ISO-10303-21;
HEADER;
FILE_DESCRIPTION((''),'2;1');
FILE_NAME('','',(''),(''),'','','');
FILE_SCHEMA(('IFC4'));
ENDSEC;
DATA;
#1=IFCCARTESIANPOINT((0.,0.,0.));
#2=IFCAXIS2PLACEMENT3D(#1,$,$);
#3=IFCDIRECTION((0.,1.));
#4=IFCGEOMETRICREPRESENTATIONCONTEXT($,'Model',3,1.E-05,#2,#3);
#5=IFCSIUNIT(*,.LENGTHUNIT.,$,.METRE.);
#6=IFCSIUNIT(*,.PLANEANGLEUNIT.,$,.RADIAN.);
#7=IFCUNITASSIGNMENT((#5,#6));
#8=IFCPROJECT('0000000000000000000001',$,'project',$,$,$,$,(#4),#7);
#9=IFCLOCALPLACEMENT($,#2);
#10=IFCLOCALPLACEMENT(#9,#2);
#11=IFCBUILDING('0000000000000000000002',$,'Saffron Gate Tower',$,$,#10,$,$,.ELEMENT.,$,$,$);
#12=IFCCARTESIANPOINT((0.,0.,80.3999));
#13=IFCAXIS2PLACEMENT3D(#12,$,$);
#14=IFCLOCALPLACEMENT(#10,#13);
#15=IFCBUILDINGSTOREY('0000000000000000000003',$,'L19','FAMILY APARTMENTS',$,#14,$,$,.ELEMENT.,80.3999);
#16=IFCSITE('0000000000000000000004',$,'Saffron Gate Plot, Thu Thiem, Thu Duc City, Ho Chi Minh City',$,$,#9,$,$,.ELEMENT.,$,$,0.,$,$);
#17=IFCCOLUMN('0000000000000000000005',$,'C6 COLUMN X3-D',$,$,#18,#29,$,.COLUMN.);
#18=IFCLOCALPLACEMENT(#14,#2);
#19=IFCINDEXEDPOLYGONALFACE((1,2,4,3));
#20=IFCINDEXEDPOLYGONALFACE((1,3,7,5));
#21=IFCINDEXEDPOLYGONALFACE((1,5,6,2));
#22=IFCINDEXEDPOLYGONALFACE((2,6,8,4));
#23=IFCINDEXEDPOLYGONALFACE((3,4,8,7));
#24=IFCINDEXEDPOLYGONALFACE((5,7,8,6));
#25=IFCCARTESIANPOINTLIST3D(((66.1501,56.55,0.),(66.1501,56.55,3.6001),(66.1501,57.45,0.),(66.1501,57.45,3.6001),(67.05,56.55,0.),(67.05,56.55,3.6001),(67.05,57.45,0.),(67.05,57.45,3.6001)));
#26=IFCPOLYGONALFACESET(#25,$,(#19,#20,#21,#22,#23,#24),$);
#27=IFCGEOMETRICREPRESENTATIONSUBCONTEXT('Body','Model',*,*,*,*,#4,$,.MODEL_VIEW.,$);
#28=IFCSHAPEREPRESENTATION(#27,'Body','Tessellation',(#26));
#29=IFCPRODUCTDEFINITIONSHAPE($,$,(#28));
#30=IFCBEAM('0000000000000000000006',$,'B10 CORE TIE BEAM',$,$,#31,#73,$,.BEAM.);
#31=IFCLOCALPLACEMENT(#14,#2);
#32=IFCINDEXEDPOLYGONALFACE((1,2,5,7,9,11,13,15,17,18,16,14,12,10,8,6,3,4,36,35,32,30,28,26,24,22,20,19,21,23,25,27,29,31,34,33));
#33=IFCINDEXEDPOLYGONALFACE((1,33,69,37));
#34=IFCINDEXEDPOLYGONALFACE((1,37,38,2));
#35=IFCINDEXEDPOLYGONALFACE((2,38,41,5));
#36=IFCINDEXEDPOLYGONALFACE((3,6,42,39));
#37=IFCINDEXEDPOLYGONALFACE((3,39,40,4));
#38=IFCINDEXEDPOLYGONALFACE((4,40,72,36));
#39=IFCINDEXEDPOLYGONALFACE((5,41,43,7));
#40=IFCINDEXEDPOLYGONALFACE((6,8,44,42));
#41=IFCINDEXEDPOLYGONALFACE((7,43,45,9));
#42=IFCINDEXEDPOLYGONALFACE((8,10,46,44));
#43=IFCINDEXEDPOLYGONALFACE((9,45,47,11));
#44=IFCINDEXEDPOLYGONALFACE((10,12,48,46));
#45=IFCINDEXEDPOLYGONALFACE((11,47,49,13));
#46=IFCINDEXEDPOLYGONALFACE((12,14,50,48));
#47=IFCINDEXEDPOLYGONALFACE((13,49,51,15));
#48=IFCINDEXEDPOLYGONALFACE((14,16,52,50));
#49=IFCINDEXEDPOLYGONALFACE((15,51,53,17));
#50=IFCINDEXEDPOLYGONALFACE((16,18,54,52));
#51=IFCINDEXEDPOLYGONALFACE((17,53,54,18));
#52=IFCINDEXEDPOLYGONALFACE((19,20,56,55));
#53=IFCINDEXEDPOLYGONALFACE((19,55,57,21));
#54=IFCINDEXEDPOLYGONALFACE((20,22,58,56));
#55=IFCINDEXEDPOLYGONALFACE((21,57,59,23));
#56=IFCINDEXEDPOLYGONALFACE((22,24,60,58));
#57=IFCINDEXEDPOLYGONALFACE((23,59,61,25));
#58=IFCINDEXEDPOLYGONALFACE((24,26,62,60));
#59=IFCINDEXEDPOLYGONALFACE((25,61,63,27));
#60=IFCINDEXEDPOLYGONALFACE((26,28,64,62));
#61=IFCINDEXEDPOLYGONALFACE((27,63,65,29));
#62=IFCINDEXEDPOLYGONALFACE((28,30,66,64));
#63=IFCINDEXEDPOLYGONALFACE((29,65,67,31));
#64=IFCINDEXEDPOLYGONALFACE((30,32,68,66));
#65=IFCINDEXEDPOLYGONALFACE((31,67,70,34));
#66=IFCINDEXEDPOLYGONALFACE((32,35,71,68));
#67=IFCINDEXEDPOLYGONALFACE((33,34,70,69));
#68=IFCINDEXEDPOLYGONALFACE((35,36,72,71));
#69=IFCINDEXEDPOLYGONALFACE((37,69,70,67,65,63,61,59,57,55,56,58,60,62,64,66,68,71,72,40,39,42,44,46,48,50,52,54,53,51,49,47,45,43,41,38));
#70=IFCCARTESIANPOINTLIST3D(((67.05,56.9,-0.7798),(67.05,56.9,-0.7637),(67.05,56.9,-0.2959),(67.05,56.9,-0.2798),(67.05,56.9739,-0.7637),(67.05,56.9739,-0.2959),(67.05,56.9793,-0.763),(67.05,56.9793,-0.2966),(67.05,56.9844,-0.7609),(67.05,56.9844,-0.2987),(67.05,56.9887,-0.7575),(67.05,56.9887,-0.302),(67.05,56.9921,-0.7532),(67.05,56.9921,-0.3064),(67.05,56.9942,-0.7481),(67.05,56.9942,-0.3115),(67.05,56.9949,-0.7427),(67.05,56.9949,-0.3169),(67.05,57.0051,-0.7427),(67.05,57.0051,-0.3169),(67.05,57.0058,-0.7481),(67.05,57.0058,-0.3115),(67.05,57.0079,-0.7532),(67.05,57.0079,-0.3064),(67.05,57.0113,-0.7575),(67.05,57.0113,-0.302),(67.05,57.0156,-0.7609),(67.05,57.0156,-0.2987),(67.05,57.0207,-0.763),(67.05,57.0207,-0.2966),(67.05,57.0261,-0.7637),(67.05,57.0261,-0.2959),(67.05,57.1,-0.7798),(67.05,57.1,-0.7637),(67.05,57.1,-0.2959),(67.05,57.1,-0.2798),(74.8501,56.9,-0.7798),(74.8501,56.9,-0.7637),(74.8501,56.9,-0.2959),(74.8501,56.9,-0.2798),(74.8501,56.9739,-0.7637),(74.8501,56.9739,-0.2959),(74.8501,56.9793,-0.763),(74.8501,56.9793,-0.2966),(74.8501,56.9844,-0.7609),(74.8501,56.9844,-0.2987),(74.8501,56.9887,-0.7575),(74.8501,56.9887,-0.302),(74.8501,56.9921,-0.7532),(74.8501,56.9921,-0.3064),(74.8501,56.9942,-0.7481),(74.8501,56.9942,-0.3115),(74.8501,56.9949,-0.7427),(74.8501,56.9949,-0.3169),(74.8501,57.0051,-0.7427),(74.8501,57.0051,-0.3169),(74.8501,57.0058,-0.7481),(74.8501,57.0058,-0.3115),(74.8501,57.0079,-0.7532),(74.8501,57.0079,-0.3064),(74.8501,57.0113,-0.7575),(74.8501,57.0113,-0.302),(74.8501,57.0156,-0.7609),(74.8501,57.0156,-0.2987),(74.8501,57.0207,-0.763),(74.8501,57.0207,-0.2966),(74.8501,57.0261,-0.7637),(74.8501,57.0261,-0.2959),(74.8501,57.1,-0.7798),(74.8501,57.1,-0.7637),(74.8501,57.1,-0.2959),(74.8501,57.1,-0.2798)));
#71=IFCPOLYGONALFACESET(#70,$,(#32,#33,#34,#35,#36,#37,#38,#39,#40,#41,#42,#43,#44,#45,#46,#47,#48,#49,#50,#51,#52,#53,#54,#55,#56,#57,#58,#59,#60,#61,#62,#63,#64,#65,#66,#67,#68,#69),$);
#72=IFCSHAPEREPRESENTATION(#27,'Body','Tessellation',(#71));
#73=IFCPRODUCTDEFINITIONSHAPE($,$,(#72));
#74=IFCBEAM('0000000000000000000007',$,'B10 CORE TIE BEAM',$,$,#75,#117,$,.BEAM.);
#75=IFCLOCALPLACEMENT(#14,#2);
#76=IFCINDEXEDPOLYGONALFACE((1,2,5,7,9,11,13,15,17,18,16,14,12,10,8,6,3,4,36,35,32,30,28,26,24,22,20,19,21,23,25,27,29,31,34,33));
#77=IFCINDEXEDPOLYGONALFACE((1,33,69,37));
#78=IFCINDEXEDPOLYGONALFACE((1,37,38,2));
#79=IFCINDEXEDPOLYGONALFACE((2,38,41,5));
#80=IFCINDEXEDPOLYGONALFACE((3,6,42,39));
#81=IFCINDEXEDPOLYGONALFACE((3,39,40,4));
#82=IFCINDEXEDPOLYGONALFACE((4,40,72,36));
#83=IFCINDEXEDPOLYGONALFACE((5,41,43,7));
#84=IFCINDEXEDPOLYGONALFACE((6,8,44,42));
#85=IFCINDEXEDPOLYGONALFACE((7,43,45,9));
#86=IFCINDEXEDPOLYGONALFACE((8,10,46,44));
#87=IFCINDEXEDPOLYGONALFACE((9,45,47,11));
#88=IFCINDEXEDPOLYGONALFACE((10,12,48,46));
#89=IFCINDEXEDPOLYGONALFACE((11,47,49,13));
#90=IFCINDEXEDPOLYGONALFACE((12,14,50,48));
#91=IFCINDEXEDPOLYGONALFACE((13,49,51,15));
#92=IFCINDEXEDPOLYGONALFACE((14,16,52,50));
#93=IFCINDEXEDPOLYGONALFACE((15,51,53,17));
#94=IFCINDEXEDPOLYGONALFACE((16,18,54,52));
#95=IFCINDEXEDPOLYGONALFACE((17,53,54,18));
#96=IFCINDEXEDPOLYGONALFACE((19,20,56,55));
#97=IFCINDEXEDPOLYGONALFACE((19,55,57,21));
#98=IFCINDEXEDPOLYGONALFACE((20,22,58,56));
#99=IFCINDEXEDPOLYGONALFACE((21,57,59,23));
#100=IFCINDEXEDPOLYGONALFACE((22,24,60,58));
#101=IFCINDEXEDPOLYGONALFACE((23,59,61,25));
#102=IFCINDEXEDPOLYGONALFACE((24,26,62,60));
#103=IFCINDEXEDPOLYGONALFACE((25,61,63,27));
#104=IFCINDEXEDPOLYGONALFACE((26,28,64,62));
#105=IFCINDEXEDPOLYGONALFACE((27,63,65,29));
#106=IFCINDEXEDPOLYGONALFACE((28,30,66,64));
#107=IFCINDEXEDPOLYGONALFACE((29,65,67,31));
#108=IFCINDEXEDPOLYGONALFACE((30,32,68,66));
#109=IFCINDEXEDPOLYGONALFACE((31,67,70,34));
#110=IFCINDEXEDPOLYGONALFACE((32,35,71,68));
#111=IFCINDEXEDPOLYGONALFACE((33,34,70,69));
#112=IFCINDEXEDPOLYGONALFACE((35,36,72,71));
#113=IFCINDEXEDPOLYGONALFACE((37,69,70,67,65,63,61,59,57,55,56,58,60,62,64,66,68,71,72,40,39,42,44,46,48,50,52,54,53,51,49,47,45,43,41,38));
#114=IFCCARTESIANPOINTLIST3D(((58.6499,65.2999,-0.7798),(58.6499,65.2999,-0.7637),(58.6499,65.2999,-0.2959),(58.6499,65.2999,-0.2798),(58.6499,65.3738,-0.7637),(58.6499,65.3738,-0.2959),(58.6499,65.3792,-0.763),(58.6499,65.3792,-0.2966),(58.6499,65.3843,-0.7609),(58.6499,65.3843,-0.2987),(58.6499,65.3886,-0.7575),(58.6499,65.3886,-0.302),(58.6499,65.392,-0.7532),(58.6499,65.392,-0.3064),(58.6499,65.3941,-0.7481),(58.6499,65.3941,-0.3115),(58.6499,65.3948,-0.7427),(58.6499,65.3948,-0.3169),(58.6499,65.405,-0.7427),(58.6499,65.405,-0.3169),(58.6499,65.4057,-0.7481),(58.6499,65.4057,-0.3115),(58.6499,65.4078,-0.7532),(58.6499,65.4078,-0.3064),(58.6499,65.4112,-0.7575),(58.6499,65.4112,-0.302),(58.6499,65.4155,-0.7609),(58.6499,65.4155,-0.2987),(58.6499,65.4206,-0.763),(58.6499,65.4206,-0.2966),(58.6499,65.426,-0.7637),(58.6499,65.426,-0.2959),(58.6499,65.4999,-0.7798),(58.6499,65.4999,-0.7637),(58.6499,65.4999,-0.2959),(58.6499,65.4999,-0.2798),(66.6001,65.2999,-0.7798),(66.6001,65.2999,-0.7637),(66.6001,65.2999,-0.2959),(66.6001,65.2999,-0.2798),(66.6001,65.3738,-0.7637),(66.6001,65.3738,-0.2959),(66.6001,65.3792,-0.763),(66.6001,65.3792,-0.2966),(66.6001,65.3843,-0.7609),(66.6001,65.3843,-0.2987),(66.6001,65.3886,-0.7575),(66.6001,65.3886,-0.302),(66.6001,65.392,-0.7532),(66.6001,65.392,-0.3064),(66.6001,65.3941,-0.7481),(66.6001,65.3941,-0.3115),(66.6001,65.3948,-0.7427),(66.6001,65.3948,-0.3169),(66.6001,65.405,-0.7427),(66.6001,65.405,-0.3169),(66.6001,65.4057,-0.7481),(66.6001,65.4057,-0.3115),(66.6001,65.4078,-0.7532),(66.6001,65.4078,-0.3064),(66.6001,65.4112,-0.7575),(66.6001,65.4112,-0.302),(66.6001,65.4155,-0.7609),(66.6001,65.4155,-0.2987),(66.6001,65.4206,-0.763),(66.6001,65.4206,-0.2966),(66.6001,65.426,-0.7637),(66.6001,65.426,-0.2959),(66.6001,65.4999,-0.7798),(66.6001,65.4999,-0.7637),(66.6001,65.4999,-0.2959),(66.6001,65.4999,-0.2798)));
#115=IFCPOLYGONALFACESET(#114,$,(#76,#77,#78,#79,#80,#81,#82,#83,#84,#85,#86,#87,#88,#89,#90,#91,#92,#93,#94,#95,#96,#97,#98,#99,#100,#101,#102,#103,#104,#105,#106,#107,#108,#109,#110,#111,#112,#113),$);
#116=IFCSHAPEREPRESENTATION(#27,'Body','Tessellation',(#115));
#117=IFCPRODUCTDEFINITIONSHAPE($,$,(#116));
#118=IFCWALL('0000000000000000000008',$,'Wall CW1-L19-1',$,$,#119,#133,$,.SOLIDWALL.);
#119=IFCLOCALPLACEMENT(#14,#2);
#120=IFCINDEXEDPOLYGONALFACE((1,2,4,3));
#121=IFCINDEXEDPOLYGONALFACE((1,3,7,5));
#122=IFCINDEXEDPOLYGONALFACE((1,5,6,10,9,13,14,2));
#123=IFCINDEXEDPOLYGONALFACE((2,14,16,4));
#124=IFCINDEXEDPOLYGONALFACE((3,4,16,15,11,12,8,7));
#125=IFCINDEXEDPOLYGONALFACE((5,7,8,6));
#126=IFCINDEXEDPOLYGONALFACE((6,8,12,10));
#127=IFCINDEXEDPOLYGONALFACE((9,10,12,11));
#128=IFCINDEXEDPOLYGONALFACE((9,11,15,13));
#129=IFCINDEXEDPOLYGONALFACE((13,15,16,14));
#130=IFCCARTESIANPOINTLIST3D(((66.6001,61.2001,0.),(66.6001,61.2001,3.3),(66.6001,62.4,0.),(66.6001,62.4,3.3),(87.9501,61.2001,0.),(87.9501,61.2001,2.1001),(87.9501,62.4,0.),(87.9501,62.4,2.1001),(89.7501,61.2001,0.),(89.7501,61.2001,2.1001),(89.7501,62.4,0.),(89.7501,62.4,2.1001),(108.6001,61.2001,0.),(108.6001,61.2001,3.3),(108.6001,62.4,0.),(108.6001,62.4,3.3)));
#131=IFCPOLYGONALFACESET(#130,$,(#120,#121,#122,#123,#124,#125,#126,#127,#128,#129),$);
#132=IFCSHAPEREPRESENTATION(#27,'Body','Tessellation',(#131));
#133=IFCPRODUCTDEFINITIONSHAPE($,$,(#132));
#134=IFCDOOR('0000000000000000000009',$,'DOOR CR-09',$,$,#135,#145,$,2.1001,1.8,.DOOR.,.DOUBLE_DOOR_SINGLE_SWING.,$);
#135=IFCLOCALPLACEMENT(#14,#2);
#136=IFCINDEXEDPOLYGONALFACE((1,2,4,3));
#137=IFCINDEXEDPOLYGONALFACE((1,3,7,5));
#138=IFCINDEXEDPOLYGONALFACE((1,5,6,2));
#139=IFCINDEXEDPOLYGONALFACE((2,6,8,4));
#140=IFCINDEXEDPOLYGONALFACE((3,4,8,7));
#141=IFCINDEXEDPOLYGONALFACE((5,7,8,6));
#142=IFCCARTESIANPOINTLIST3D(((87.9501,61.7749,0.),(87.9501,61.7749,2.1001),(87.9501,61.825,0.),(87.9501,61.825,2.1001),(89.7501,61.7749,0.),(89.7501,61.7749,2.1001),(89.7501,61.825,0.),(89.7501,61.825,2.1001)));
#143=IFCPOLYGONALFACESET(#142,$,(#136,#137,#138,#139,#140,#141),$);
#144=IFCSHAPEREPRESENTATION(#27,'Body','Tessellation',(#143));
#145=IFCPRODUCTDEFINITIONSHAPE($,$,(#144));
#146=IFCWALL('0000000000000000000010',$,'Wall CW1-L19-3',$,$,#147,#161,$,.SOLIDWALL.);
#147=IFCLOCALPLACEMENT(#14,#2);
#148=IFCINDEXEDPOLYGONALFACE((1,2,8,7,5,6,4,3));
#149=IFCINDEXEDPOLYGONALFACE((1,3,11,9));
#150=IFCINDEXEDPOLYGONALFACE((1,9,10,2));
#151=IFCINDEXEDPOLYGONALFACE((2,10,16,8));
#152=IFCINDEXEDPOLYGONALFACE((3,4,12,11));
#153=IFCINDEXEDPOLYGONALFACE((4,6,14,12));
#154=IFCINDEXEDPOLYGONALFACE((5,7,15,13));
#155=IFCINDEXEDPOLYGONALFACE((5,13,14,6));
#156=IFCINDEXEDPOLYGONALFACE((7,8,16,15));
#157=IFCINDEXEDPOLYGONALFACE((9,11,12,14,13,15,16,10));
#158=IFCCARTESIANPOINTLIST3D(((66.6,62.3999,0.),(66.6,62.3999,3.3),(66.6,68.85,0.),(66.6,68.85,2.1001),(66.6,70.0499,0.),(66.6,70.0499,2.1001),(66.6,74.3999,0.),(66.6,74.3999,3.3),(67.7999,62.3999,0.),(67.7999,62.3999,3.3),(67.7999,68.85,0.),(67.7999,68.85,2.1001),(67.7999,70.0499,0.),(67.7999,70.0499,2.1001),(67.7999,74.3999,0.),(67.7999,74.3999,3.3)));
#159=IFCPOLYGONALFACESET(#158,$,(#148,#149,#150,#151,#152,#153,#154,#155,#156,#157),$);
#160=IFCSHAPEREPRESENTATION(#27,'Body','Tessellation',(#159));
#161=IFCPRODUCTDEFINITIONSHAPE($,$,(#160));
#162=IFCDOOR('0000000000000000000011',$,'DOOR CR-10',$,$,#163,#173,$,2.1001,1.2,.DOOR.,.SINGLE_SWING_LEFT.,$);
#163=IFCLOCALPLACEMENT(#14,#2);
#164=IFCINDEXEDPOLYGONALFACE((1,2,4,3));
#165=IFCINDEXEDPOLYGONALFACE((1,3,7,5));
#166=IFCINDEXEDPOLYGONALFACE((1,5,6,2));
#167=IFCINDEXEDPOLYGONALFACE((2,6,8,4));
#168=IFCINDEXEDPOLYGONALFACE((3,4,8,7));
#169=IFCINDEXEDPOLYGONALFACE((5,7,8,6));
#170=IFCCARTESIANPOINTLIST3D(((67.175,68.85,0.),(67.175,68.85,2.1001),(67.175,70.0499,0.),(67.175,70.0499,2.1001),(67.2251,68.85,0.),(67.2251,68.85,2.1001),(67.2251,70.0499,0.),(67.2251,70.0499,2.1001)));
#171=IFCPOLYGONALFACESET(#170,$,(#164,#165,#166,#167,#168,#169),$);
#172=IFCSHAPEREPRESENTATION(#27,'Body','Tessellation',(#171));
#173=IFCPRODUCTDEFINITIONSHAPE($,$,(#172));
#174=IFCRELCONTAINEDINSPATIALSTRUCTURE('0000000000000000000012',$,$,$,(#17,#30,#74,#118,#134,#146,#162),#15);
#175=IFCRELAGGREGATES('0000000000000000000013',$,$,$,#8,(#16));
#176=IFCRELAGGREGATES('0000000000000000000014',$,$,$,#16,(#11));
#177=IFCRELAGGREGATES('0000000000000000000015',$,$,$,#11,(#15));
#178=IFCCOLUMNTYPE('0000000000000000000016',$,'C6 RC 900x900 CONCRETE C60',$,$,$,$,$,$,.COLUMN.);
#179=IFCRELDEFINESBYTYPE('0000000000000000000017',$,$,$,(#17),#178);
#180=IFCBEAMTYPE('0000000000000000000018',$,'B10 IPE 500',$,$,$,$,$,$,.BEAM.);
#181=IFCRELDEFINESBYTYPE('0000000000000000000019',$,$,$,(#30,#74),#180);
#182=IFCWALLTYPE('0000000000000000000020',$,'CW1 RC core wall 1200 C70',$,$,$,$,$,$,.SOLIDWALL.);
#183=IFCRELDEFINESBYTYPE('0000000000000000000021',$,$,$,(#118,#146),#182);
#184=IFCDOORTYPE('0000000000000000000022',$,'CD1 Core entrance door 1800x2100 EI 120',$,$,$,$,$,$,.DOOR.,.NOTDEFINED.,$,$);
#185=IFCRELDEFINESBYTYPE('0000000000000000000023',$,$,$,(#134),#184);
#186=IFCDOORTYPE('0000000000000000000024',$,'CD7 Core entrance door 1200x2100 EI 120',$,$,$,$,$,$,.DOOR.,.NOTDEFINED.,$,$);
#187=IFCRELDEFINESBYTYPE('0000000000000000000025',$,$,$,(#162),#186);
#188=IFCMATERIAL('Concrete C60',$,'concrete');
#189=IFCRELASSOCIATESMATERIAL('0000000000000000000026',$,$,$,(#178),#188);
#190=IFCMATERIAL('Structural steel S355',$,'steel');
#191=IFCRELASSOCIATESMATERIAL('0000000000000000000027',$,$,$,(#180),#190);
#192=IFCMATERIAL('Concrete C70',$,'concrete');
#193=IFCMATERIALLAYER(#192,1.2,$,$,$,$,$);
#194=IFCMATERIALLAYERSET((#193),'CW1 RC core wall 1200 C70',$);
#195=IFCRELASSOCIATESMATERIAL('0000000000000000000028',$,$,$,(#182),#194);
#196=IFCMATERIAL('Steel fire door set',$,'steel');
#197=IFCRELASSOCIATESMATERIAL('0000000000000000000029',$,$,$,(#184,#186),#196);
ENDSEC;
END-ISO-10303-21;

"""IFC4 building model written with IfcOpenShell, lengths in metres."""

from ifc_helpers import new_model, si_unit, direction, frame, frame_2d, origin, origin_2d, place, context, subcontext, project, spatial, rectangle, i_section, extrude, material, layer, layer_set, material_profile, profile_set, type_object, element, fill, save


model = new_model("IFC4")

# Units and contexts
model_context = context("Model", 3, precision=1e-05, world=origin(), true_north=direction((0.0, 1.0)))
body_context = subcontext(model_context, "Body", "Model", "MODEL_VIEW")
ifc_project = project(units=[si_unit("LENGTHUNIT", "METRE"), si_unit("PLANEANGLEUNIT", "RADIAN")], contexts=[model_context])

# Site, building, storey
site_placement = place(None, origin())
site = spatial("IfcSite", under=ifc_project, at=site_placement, Name="Saffron Gate Plot, Thu Thiem, Thu Duc City, Ho Chi Minh City", CompositionType="ELEMENT", RefElevation=0.0)
building_placement = place(site_placement, origin())
building = spatial("IfcBuilding", under=site, at=building_placement, Name="Saffron Gate Tower", CompositionType="ELEMENT")
storey_placement = place(building_placement, frame((0.0, 0.0, 80.3999)))
storey = spatial("IfcBuildingStorey", under=building, at=storey_placement, Name="L19", Description="FAMILY APARTMENTS", CompositionType="ELEMENT", Elevation=80.3999)

# Column
ifc_material_1 = material(Name="Concrete C60", Category="concrete")
ifc_material_profile_1 = material_profile(ifc_material_1, rectangle(XDim=0.8999, YDim=0.8999, at=origin_2d()))
ifc_profile_set_1 = profile_set([ifc_material_profile_1], Name="Concrete C60")
column_type = type_object("IfcColumnType", Name="C6 RC 900x900 CONCRETE C60", PredefinedType="COLUMN", material=ifc_profile_set_1)
column_placement = place(storey_placement, frame((66.6001, 57.0, 0.0), z_axis=(0.0, 0.0, 1.0), x_axis=(1.0, 0.0, 0.0)))
element("IfcColumn", 1, at=column_placement, inside=storey, type_object=column_type, Name="C6 COLUMN X3-D", PredefinedType="COLUMN", context=body_context, shape_type="SweptSolid", body=[
    extrude(rectangle(XDim=0.8999, YDim=0.8999, at=origin_2d()), origin(), (0.0, 0.0, 1.0), 3.6001),
])

# Beams
ifc_material_2 = material(Name="Structural steel S355", Category="steel")
ifc_material_profile_2 = material_profile(ifc_material_2, i_section(OverallWidth=0.2, OverallDepth=0.5, WebThickness=0.0103, FlangeThickness=0.0161, FilletRadius=0.021, at=origin_2d()))
ifc_profile_set_2 = profile_set([ifc_material_profile_2], Name="Structural steel S355")
beam_type = type_object("IfcBeamType", Name="B10 IPE 500", PredefinedType="BEAM", material=ifc_profile_set_2)
beam_1_placement = place(storey_placement, frame((67.05, 57.0, -0.5298), z_axis=(1.0, 0.0, 0.0), x_axis=(0.0, 1.0, 0.0)))
element("IfcBeam", 2, at=beam_1_placement, inside=storey, type_object=beam_type, Name="B10 CORE TIE BEAM", PredefinedType="BEAM", context=body_context, shape_type="SweptSolid", body=[
    extrude(i_section(OverallWidth=0.2, OverallDepth=0.5, WebThickness=0.0103, FlangeThickness=0.0161, FilletRadius=0.021, at=origin_2d()), origin(), (0.0, 0.0, 1.0), 7.8),
])
beam_2_placement = place(storey_placement, frame((58.6499, 65.3999, -0.5298), z_axis=(1.0, 0.0, 0.0), x_axis=(0.0, 1.0, 0.0)))
element("IfcBeam", 3, at=beam_2_placement, inside=storey, type_object=beam_type, Name="B10 CORE TIE BEAM", PredefinedType="BEAM", context=body_context, shape_type="SweptSolid", body=[
    extrude(i_section(OverallWidth=0.2, OverallDepth=0.5, WebThickness=0.0103, FlangeThickness=0.0161, FilletRadius=0.021, at=origin_2d()), origin(), (0.0, 0.0, 1.0), 7.9502),
])

# Walls, openings, doors
ifc_material_3 = material(Name="Concrete C70", Category="concrete")
ifc_layer_1 = layer(ifc_material_3, 1.2)
ifc_layer_set_1 = layer_set([ifc_layer_1], Name="CW1 RC core wall 1200 C70")
wall_type_1 = type_object("IfcWallType", Name="CW1 RC core wall 1200 C70", PredefinedType="SOLIDWALL", material=ifc_layer_set_1)
wall_1_placement = place(storey_placement, frame((66.6001, 61.8, 0.0), z_axis=(0.0, 0.0, 1.0), x_axis=(1.0, 0.0, 0.0)))
wall_1 = element("IfcWall", 4, at=wall_1_placement, inside=storey, type_object=wall_type_1, Name="Wall CW1-L19-1", PredefinedType="SOLIDWALL", context=body_context, shape_type="SweptSolid", body=[
    extrude(rectangle(XDim=42.0, YDim=1.2, at=frame_2d((21.0, 0.0))), origin(), (0.0, 0.0, 1.0), 3.3),
])
opening_1_placement = place(wall_1_placement, frame((21.3501, 0.0, 0.0)))
opening_1 = element("IfcOpeningElement", 5, at=opening_1_placement, cuts=wall_1, PredefinedType="OPENING", context=body_context, shape_type="SweptSolid", body=[
    extrude(rectangle(XDim=1.8, YDim=2.1001, at=frame_2d((0.8999, 1.05))), frame((0.0, 0.6099, 0.0), z_axis=(0.0, -1.0, 0.0), x_axis=(1.0, 0.0, 0.0)), (0.0, 0.0, 1.0), 1.22),
])
ifc_material_4 = material(Name="Steel fire door set", Category="steel")
door_type_1 = type_object("IfcDoorType", Name="CD1 Core entrance door 1800x2100 EI 120", OperationType="NOTDEFINED", PredefinedType="DOOR", material=ifc_material_4)
door_1_placement = place(opening_1_placement, origin())
door_1 = element("IfcDoor", 6, at=door_1_placement, inside=storey, type_object=door_type_1, Name="DOOR CR-09", OperationType="DOUBLE_DOOR_SINGLE_SWING", OverallHeight=2.1001, OverallWidth=1.8, PredefinedType="DOOR", context=body_context, shape_type="SweptSolid", body=[
    extrude(rectangle(XDim=1.8, YDim=2.1001, at=frame_2d((0.8999, 1.05))), frame((0.0, 0.0249, 0.0), z_axis=(0.0, -1.0, 0.0), x_axis=(1.0, 0.0, 0.0)), (0.0, 0.0, 1.0), 0.05),
])
fill(opening_1, door_1)
wall_2_placement = place(storey_placement, frame((67.2, 62.3999, 0.0), z_axis=(0.0, 0.0, 1.0), x_axis=(0.0, 1.0, 0.0)))
wall_2 = element("IfcWall", 7, at=wall_2_placement, inside=storey, type_object=wall_type_1, Name="Wall CW1-L19-3", PredefinedType="SOLIDWALL", context=body_context, shape_type="SweptSolid", body=[
    extrude(rectangle(XDim=12.0, YDim=1.2, at=frame_2d((6.0, 0.0))), origin(), (0.0, 0.0, 1.0), 3.3),
])
opening_2_placement = place(wall_2_placement, frame((6.45, 0.0, 0.0)))
opening_2 = element("IfcOpeningElement", 8, at=opening_2_placement, cuts=wall_2, PredefinedType="OPENING", context=body_context, shape_type="SweptSolid", body=[
    extrude(rectangle(XDim=1.2, YDim=2.1001, at=frame_2d((0.6001, 1.05))), frame((0.0, 0.6099, 0.0), z_axis=(0.0, -1.0, 0.0), x_axis=(1.0, 0.0, 0.0)), (0.0, 0.0, 1.0), 1.22),
])
door_type_2 = type_object("IfcDoorType", Name="CD7 Core entrance door 1200x2100 EI 120", OperationType="NOTDEFINED", PredefinedType="DOOR", material=ifc_material_4)
door_2_placement = place(opening_2_placement, origin())
door_2 = element("IfcDoor", 9, at=door_2_placement, inside=storey, type_object=door_type_2, Name="DOOR CR-10", OperationType="SINGLE_SWING_LEFT", OverallHeight=2.1001, OverallWidth=1.2, PredefinedType="DOOR", context=body_context, shape_type="SweptSolid", body=[
    extrude(rectangle(XDim=1.2, YDim=2.1001, at=frame_2d((0.6001, 1.05))), frame((0.0, 0.0249, 0.0), z_axis=(0.0, -1.0, 0.0), x_axis=(1.0, 0.0, 0.0)), (0.0, 0.0, 1.0), 0.05),
])
fill(opening_2, door_2)

save(model, "model.ifc")
